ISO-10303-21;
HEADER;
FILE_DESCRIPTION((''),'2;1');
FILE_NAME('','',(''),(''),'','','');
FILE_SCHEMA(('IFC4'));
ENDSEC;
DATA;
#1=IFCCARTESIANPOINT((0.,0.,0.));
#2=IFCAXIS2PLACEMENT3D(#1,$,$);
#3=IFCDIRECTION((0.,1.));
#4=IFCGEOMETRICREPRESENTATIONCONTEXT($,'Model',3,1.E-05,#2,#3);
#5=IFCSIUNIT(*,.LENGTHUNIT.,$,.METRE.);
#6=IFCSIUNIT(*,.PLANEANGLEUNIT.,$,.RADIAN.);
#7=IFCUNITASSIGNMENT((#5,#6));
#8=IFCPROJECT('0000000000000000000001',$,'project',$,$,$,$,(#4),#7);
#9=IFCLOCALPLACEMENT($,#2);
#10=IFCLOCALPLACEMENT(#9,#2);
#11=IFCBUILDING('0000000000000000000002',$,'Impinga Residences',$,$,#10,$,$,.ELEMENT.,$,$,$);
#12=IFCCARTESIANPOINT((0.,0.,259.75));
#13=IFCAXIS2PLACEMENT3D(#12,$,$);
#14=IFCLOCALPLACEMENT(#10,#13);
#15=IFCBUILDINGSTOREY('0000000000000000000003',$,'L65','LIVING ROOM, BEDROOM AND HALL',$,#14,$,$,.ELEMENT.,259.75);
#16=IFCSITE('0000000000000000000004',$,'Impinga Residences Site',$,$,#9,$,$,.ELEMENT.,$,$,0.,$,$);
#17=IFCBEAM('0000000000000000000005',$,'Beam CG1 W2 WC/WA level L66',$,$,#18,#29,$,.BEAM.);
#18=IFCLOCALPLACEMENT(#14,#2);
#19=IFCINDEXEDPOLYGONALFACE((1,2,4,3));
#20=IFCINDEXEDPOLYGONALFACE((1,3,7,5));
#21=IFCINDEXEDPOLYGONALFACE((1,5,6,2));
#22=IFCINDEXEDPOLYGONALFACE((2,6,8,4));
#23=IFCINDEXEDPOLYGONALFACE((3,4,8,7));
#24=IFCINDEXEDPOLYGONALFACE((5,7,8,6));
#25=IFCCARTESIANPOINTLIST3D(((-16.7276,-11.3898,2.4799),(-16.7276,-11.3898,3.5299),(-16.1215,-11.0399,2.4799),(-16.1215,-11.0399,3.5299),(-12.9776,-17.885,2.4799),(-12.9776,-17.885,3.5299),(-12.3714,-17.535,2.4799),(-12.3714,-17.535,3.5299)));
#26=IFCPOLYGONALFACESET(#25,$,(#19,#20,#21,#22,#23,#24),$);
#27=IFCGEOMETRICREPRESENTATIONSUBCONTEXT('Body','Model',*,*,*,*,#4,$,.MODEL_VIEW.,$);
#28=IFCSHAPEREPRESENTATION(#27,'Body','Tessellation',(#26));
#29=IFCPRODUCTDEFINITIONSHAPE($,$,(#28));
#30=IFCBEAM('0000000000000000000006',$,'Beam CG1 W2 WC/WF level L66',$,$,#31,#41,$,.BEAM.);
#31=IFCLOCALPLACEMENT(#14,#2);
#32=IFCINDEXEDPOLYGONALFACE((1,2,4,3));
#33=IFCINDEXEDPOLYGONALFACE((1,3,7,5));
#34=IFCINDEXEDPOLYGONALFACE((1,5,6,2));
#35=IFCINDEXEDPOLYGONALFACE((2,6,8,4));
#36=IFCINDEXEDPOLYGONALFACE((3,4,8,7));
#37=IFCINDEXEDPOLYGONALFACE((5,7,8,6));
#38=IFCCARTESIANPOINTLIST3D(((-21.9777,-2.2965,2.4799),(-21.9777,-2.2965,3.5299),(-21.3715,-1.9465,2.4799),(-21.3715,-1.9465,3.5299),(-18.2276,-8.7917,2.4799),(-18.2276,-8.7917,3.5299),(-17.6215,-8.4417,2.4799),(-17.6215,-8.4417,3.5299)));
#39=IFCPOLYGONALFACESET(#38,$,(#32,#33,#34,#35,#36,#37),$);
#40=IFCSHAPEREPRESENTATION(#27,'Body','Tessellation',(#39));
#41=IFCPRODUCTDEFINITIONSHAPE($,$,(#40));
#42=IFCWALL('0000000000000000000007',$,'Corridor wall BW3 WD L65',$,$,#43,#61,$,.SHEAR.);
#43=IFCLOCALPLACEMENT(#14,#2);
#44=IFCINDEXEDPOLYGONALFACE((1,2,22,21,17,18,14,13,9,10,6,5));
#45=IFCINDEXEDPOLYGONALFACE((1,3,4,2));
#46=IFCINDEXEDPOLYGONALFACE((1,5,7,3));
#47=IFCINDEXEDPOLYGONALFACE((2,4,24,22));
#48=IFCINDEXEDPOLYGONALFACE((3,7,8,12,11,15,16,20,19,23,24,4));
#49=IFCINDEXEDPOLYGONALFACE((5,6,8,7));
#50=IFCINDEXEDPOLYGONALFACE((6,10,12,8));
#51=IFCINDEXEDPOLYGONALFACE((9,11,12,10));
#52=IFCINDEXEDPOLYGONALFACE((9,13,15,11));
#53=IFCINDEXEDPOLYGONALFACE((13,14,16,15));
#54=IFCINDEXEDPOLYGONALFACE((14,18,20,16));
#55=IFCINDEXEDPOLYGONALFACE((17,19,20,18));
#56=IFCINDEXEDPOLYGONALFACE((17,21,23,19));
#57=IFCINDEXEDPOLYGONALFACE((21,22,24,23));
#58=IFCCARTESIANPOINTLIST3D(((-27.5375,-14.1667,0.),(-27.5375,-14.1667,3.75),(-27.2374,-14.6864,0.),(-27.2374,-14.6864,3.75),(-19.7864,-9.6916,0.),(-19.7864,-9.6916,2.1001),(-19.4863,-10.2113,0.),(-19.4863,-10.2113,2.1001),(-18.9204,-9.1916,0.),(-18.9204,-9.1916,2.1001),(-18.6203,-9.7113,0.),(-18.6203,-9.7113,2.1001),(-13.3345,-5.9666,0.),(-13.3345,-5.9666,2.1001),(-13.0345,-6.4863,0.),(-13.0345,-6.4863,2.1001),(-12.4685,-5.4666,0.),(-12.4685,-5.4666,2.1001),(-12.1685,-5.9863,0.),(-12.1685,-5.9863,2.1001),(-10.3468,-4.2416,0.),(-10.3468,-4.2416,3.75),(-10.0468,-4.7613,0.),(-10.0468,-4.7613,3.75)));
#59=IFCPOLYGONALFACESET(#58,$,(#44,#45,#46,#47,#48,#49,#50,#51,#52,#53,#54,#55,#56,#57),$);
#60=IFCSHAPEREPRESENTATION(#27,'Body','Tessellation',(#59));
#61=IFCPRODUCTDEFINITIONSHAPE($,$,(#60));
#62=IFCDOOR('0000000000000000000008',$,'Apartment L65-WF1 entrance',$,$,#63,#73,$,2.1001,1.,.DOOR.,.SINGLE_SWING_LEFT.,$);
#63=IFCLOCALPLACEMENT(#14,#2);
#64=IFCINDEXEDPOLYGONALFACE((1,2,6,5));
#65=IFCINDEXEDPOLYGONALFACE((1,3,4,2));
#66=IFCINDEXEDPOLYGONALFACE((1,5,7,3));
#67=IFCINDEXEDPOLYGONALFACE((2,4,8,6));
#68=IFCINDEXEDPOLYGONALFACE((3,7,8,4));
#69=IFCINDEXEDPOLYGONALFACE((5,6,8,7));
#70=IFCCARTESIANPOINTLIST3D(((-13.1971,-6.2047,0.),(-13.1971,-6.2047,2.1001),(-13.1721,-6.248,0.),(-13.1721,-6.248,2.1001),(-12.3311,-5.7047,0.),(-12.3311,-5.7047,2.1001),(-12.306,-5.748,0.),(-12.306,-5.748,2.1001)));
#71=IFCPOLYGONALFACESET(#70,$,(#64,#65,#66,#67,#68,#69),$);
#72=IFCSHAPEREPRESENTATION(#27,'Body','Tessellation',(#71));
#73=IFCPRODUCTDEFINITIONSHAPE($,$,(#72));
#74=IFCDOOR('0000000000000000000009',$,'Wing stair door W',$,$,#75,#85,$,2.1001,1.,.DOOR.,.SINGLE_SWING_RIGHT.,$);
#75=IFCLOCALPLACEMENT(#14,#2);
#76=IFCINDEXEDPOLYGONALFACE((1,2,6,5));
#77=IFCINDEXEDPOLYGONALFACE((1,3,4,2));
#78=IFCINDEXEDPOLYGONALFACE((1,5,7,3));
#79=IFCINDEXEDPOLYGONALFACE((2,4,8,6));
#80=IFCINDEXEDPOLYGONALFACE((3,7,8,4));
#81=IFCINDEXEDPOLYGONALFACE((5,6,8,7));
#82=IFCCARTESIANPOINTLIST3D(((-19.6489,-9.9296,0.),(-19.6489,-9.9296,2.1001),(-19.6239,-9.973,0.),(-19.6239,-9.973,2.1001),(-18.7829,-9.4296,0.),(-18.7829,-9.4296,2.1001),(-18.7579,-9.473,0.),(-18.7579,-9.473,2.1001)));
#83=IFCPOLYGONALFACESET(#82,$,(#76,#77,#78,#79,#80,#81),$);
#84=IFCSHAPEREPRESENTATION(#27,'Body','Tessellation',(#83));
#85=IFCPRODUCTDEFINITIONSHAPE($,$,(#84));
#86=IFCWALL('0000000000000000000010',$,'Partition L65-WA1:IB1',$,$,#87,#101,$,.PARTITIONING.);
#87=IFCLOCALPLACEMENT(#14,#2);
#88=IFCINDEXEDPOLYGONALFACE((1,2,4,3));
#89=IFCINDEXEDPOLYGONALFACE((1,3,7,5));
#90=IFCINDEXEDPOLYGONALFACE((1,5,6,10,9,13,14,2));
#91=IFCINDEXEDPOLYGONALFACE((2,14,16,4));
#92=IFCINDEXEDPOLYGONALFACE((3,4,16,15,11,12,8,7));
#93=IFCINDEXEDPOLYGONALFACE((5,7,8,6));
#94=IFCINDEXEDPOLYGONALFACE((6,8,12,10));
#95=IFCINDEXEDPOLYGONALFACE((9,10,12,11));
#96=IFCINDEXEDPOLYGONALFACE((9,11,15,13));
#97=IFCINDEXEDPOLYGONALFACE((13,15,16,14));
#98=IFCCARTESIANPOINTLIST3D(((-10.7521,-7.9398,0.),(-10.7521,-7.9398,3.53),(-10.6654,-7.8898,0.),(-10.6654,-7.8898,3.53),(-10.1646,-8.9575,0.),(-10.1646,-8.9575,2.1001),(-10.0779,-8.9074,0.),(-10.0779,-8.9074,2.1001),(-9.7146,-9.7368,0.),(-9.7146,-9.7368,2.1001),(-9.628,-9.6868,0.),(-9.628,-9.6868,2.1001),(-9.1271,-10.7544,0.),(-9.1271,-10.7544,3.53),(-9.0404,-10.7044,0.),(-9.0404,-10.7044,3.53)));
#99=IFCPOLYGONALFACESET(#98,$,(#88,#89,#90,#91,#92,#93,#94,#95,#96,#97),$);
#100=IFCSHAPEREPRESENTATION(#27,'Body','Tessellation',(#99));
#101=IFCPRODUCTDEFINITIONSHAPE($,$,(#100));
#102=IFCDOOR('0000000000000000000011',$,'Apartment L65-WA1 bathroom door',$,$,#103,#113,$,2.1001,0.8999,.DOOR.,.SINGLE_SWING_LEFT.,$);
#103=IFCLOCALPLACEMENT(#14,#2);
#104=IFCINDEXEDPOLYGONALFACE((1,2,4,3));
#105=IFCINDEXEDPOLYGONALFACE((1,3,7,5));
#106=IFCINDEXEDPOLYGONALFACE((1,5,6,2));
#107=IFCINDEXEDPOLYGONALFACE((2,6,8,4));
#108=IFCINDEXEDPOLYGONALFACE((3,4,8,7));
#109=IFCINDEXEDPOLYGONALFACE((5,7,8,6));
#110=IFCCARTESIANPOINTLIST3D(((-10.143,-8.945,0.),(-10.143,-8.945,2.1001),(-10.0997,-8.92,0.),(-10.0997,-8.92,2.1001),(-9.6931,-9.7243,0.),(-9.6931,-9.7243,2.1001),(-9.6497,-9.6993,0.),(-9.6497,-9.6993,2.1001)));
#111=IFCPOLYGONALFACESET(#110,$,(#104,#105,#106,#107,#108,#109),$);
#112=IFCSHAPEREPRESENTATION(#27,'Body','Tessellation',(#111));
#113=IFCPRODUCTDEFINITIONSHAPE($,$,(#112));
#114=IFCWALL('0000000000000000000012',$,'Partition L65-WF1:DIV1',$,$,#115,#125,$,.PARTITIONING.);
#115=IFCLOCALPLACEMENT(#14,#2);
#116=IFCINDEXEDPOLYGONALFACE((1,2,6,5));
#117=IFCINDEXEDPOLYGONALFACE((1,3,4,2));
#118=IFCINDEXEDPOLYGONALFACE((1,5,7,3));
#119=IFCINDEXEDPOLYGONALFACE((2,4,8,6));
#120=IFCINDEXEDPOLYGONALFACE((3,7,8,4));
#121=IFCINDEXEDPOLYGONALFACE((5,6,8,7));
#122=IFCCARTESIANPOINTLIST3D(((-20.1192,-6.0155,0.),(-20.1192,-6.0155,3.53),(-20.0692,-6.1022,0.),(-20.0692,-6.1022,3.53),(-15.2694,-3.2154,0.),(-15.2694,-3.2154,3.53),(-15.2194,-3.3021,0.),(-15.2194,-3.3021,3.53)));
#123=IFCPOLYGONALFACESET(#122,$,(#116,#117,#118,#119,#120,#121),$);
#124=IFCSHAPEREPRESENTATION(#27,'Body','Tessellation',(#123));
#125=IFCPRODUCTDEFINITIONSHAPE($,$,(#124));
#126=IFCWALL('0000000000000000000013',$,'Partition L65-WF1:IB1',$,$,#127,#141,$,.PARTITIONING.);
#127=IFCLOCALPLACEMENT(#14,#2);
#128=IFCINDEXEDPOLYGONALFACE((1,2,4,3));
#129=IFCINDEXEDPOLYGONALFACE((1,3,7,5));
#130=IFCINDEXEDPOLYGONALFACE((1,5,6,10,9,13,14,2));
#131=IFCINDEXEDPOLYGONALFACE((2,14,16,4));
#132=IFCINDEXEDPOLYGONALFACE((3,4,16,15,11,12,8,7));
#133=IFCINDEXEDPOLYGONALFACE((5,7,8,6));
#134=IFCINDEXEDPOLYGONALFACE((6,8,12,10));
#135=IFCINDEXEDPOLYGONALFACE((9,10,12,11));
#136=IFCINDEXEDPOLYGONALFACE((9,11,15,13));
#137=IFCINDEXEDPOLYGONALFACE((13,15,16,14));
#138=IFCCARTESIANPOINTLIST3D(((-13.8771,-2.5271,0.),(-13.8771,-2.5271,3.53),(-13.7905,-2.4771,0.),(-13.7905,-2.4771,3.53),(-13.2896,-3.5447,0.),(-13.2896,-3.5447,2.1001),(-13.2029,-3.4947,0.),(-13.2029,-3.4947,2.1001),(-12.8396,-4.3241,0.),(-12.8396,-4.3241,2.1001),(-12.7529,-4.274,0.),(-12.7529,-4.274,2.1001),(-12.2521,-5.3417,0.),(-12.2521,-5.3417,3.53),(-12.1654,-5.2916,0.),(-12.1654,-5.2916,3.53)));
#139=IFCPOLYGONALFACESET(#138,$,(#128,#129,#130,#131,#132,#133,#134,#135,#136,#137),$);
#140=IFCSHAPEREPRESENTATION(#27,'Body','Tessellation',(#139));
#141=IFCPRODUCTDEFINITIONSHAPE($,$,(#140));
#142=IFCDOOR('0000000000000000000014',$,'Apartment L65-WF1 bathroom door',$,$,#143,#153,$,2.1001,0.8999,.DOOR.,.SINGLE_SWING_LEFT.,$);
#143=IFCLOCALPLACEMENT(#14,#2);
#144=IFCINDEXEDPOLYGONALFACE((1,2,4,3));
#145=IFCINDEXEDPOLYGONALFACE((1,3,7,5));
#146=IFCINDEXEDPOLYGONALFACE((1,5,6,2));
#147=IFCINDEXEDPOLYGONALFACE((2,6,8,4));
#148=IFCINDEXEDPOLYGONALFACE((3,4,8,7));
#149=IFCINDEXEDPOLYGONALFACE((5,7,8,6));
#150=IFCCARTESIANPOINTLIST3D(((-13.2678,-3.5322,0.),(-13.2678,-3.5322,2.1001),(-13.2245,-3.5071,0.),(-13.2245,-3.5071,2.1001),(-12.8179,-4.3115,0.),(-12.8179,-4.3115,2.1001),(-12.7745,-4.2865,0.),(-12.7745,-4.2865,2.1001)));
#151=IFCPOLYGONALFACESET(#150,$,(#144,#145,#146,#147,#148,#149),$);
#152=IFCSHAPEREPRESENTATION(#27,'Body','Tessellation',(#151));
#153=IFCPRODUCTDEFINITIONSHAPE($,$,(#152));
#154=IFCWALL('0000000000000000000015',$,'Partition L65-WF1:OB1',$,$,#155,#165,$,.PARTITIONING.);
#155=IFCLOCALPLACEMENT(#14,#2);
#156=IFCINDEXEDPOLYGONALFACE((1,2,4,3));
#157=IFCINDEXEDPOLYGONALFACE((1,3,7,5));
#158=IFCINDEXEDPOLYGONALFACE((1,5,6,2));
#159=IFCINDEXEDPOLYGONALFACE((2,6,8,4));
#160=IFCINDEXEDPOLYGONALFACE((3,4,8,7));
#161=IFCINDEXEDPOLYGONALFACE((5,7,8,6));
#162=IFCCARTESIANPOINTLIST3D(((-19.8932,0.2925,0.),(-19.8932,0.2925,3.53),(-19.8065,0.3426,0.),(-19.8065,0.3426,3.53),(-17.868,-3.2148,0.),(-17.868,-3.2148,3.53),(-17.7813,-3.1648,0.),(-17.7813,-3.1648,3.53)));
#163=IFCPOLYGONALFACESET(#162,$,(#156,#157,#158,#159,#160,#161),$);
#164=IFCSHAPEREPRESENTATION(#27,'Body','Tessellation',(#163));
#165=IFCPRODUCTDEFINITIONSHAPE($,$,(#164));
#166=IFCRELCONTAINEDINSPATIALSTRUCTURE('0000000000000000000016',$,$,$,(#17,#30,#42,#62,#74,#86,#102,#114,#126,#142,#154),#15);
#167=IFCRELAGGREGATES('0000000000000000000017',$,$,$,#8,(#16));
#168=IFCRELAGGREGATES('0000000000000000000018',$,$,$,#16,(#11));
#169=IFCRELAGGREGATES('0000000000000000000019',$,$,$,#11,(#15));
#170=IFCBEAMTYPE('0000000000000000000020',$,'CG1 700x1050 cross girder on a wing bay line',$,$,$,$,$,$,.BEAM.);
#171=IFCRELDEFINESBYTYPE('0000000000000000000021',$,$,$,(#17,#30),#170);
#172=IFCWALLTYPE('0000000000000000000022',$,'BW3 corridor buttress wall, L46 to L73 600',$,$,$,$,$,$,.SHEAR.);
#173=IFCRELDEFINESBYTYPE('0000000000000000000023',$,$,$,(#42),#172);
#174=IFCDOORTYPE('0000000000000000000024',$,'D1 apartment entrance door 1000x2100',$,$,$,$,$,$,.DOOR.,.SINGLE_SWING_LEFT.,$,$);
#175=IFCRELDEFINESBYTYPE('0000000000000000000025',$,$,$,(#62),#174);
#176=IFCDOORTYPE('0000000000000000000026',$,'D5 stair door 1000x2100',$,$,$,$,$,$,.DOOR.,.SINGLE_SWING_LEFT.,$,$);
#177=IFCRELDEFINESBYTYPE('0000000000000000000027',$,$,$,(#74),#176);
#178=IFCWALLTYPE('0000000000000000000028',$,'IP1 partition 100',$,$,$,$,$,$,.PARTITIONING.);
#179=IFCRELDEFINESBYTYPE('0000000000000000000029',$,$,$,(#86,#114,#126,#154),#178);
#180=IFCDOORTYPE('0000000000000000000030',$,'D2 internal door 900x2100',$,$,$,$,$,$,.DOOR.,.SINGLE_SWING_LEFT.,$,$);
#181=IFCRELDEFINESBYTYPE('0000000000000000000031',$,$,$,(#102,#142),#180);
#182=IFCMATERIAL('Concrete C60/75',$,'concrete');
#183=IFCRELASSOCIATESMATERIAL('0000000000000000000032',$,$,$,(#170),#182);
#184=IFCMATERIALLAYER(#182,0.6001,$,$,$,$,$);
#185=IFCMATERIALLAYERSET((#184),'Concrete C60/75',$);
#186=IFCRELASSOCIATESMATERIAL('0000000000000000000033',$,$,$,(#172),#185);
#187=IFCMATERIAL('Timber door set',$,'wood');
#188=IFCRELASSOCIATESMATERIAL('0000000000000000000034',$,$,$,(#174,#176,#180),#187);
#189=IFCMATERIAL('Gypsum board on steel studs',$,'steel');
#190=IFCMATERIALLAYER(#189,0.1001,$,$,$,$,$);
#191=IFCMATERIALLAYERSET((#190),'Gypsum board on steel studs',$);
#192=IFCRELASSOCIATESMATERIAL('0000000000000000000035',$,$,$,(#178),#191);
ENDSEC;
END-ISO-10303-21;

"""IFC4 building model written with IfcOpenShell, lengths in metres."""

from ifc_helpers import new_model, si_unit, direction, frame, frame_2d, origin, origin_2d, place, context, subcontext, project, spatial, rectangle, extrude, material, layer, layer_set, material_profile, profile_set, type_object, element, fill, save


model = new_model("IFC4")

# Units and contexts
model_context = context("Model", 3, precision=1e-05, world=origin(), true_north=direction((0.0, 1.0)))
body_context = subcontext(model_context, "Body", "Model", "MODEL_VIEW")
ifc_project = project(units=[si_unit("LENGTHUNIT", "METRE"), si_unit("PLANEANGLEUNIT", "RADIAN")], contexts=[model_context])

# Site, building, storey
site_placement = place(None, origin())
site = spatial("IfcSite", under=ifc_project, at=site_placement, Name="Impinga Residences Site", CompositionType="ELEMENT", RefElevation=0.0)
building_placement = place(site_placement, origin())
building = spatial("IfcBuilding", under=site, at=building_placement, Name="Impinga Residences", CompositionType="ELEMENT")
storey_placement = place(building_placement, frame((0.0, 0.0, 259.75)))
storey = spatial("IfcBuildingStorey", under=building, at=storey_placement, Name="L65", Description="LIVING ROOM, BEDROOM AND HALL", CompositionType="ELEMENT", Elevation=259.75)

# Beams
ifc_material_1 = material(Name="Concrete C60/75", Category="concrete")
ifc_material_profile = material_profile(ifc_material_1, rectangle(XDim=0.7, YDim=1.05, at=origin_2d()), Name="RC 700x1050")
ifc_profile_set = profile_set([ifc_material_profile], Name="Concrete C60/75")
beam_type = type_object("IfcBeamType", Name="CG1 700x1050 cross girder on a wing bay line", PredefinedType="BEAM", material=ifc_profile_set)
for number, where, z_axis, x_axis, name in (
    (1, (-16.4246, -11.2148, 3.0049), (0.500004, -0.866023, 0.0), (0.866023, 0.500004, 0.0), "Beam CG1 W2 WC/WA level L66"),
    (2, (-17.9246, -8.6167, 3.0049), (-0.500004, 0.866023, 0.0), (-0.866023, -0.500004, 0.0), "Beam CG1 W2 WC/WF level L66"),
):
    element("IfcBeam", number, at=place(storey_placement, frame(where, z_axis=z_axis, x_axis=x_axis)), inside=storey, type_object=beam_type, Name=name, PredefinedType="BEAM", context=body_context, shape_type="SweptSolid", body=[
        extrude(rectangle(XDim=0.7, YDim=1.05, at=origin_2d()), origin(), (0.0, 0.0, 1.0), 7.5),
    ])

# Wall, openings, doors
ifc_layer_1 = layer(ifc_material_1, 0.6001)
ifc_layer_set_1 = layer_set([ifc_layer_1], Name="Concrete C60/75")
wall_type_1 = type_object("IfcWallType", Name="BW3 corridor buttress wall, L46 to L73 600", PredefinedType="SHEAR", material=ifc_layer_set_1)
wall_1_placement = place(storey_placement, frame((-10.1968, -4.5015, 0.0), z_axis=(0.0, 0.0, 1.0), x_axis=(-0.866025, -0.5, 0.0)))
wall_1 = element("IfcWall", 3, at=wall_1_placement, inside=storey, type_object=wall_type_1, Name="Corridor wall BW3 WD L65", PredefinedType="SHEAR", context=body_context, shape_type="SweptSolid", body=[
    extrude(rectangle(XDim=19.8501, YDim=0.6001, at=frame_2d((9.925, 0.0))), origin(), (0.0, 0.0, 1.0), 3.75),
])
opening_1_placement = place(wall_1_placement, frame((9.8999, 0.0, 0.0)))
opening_1 = element("IfcOpeningElement", 4, at=opening_1_placement, cuts=wall_1, PredefinedType="OPENING", context=body_context, shape_type="SweptSolid", body=[
    extrude(rectangle(XDim=1.0, YDim=2.1001, at=frame_2d((0.5, 1.05))), frame((0.0, 0.3101, 0.0), z_axis=(0.0, -1.0, 0.0), x_axis=(1.0, 0.0, 0.0)), (0.0, 0.0, 1.0), 0.6201),
])
opening_2_placement = place(wall_1_placement, frame((2.45, 0.0, 0.0)))
opening_2 = element("IfcOpeningElement", 5, at=opening_2_placement, cuts=wall_1, PredefinedType="OPENING", context=body_context, shape_type="SweptSolid", body=[
    extrude(rectangle(XDim=1.0, YDim=2.1001, at=frame_2d((0.5, 1.05))), frame((0.0, 0.3101, 0.0), z_axis=(0.0, -1.0, 0.0), x_axis=(1.0, 0.0, 0.0)), (0.0, 0.0, 1.0), 0.6201),
])
ifc_material_2 = material(Name="Timber door set", Category="wood")
door_type_1 = type_object("IfcDoorType", Name="D1 apartment entrance door 1000x2100", OperationType="SINGLE_SWING_LEFT", PredefinedType="DOOR", material=ifc_material_2)
door_1_placement = place(opening_2_placement, origin())
door_1 = element("IfcDoor", 6, at=door_1_placement, inside=storey, type_object=door_type_1, Name="Apartment L65-WF1 entrance", OperationType="SINGLE_SWING_LEFT", OverallHeight=2.1001, OverallWidth=1.0, PredefinedType="DOOR", context=body_context, shape_type="SweptSolid", body=[
    extrude(rectangle(XDim=1.0, YDim=2.1001, at=frame_2d((0.5, 1.05))), frame((0.0, 0.0249, 0.0), z_axis=(0.0, -1.0, 0.0), x_axis=(1.0, 0.0, 0.0)), (0.0, 0.0, 1.0), 0.05),
])
fill(opening_2, door_1)
door_type_2 = type_object("IfcDoorType", Name="D5 stair door 1000x2100", OperationType="SINGLE_SWING_LEFT", PredefinedType="DOOR", material=ifc_material_2)
door_2_placement = place(opening_1_placement, origin())
door_2 = element("IfcDoor", 7, at=door_2_placement, inside=storey, type_object=door_type_2, Name="Wing stair door W", OperationType="SINGLE_SWING_RIGHT", OverallHeight=2.1001, OverallWidth=1.0, PredefinedType="DOOR", context=body_context, shape_type="SweptSolid", body=[
    extrude(rectangle(XDim=1.0, YDim=2.1001, at=frame_2d((0.5, 1.05))), frame((0.0, 0.0249, 0.0), z_axis=(0.0, -1.0, 0.0), x_axis=(1.0, 0.0, 0.0)), (0.0, 0.0, 1.0), 0.05),
])
fill(opening_1, door_2)

# Wall, opening, door
ifc_material_3 = material(Name="Gypsum board on steel studs", Category="steel")
ifc_layer_2 = layer(ifc_material_3, 0.1001)
ifc_layer_set_2 = layer_set([ifc_layer_2], Name="Gypsum board on steel studs")
wall_type_2 = type_object("IfcWallType", Name="IP1 partition 100", PredefinedType="PARTITIONING", material=ifc_layer_set_2)
wall_2_placement = place(storey_placement, frame((-10.7087, -7.9148, 0.0), z_axis=(0.0, 0.0, 1.0), x_axis=(0.499985, -0.866034, 0.0)))
wall_2 = element("IfcWall", 8, at=wall_2_placement, inside=storey, type_object=wall_type_2, Name="Partition L65-WA1:IB1", PredefinedType="PARTITIONING", context=body_context, shape_type="SweptSolid", body=[
    extrude(rectangle(XDim=3.25, YDim=0.1001, at=frame_2d((1.625, 0.0))), origin(), (0.0, 0.0, 1.0), 3.53),
])
opening_3_placement = place(wall_2_placement, frame((1.175, 0.0, 0.0)))
opening_3 = element("IfcOpeningElement", 9, at=opening_3_placement, cuts=wall_2, PredefinedType="OPENING", context=body_context, shape_type="SweptSolid", body=[
    extrude(rectangle(XDim=0.8999, YDim=2.1001, at=frame_2d((0.45, 1.05))), frame((0.0, 0.0601, 0.0), z_axis=(0.0, -1.0, 0.0), x_axis=(1.0, 0.0, 0.0)), (0.0, 0.0, 1.0), 0.1201),
])
door_type_3 = type_object("IfcDoorType", Name="D2 internal door 900x2100", OperationType="SINGLE_SWING_LEFT", PredefinedType="DOOR", material=ifc_material_2)
door_3_placement = place(opening_3_placement, origin())
door_3 = element("IfcDoor", 10, at=door_3_placement, inside=storey, type_object=door_type_3, Name="Apartment L65-WA1 bathroom door", OperationType="SINGLE_SWING_LEFT", OverallHeight=2.1001, OverallWidth=0.8999, PredefinedType="DOOR", context=body_context, shape_type="SweptSolid", body=[
    extrude(rectangle(XDim=0.8999, YDim=2.1001, at=frame_2d((0.45, 1.05))), frame((0.0, 0.0249, 0.0), z_axis=(0.0, -1.0, 0.0), x_axis=(1.0, 0.0, 0.0)), (0.0, 0.0, 1.0), 0.05),
])
fill(opening_3, door_3)

# Wall
wall_3_placement = place(storey_placement, frame((-15.2444, -3.2588, 0.0), z_axis=(0.0, 0.0, 1.0), x_axis=(-0.866027, -0.499998, 0.0)))
element("IfcWall", 11, at=wall_3_placement, inside=storey, type_object=wall_type_2, Name="Partition L65-WF1:DIV1", PredefinedType="PARTITIONING", context=body_context, shape_type="SweptSolid", body=[
    extrude(rectangle(XDim=5.6001, YDim=0.1001, at=frame_2d((2.8, 0.0))), origin(), (0.0, 0.0, 1.0), 3.53),
])

# Wall, opening, door
wall_4_placement = place(storey_placement, frame((-12.2087, -5.3167, 0.0), z_axis=(0.0, 0.0, 1.0), x_axis=(-0.500017, 0.866015, 0.0)))
wall_4 = element("IfcWall", 12, at=wall_4_placement, inside=storey, type_object=wall_type_2, Name="Partition L65-WF1:IB1", PredefinedType="PARTITIONING", context=body_context, shape_type="SweptSolid", body=[
    extrude(rectangle(XDim=3.25, YDim=0.1001, at=frame_2d((1.625, 0.0))), origin(), (0.0, 0.0, 1.0), 3.53),
])
opening_4_placement = place(wall_4_placement, frame((1.175, 0.0, 0.0)))
opening_4 = element("IfcOpeningElement", 13, at=opening_4_placement, cuts=wall_4, PredefinedType="OPENING", context=body_context, shape_type="SweptSolid", body=[
    extrude(rectangle(XDim=0.8999, YDim=2.1001, at=frame_2d((0.45, 1.05))), frame((0.0, 0.0601, 0.0), z_axis=(0.0, -1.0, 0.0), x_axis=(1.0, 0.0, 0.0)), (0.0, 0.0, 1.0), 0.1201),
])
door_4_placement = place(opening_4_placement, origin())
door_4 = element("IfcDoor", 14, at=door_4_placement, inside=storey, type_object=door_type_3, Name="Apartment L65-WF1 bathroom door", OperationType="SINGLE_SWING_LEFT", OverallHeight=2.1001, OverallWidth=0.8999, PredefinedType="DOOR", context=body_context, shape_type="SweptSolid", body=[
    extrude(rectangle(XDim=0.8999, YDim=2.1001, at=frame_2d((0.45, 1.05))), frame((0.0, 0.0249, 0.0), z_axis=(0.0, -1.0, 0.0), x_axis=(1.0, 0.0, 0.0)), (0.0, 0.0, 1.0), 0.05),
])
fill(opening_4, door_4)

# Wall
wall_5_placement = place(storey_placement, frame((-17.8247, -3.1897, 0.0), z_axis=(0.0, 0.0, 1.0), x_axis=(-0.500036, 0.866005, 0.0)))
element("IfcWall", 15, at=wall_5_placement, inside=storey, type_object=wall_type_2, Name="Partition L65-WF1:OB1", PredefinedType="PARTITIONING", context=body_context, shape_type="SweptSolid", body=[
    extrude(rectangle(XDim=4.05, YDim=0.1001, at=frame_2d((2.0249, 0.0))), origin(), (0.0, 0.0, 1.0), 3.53),
])

save(model, "model.ifc")
